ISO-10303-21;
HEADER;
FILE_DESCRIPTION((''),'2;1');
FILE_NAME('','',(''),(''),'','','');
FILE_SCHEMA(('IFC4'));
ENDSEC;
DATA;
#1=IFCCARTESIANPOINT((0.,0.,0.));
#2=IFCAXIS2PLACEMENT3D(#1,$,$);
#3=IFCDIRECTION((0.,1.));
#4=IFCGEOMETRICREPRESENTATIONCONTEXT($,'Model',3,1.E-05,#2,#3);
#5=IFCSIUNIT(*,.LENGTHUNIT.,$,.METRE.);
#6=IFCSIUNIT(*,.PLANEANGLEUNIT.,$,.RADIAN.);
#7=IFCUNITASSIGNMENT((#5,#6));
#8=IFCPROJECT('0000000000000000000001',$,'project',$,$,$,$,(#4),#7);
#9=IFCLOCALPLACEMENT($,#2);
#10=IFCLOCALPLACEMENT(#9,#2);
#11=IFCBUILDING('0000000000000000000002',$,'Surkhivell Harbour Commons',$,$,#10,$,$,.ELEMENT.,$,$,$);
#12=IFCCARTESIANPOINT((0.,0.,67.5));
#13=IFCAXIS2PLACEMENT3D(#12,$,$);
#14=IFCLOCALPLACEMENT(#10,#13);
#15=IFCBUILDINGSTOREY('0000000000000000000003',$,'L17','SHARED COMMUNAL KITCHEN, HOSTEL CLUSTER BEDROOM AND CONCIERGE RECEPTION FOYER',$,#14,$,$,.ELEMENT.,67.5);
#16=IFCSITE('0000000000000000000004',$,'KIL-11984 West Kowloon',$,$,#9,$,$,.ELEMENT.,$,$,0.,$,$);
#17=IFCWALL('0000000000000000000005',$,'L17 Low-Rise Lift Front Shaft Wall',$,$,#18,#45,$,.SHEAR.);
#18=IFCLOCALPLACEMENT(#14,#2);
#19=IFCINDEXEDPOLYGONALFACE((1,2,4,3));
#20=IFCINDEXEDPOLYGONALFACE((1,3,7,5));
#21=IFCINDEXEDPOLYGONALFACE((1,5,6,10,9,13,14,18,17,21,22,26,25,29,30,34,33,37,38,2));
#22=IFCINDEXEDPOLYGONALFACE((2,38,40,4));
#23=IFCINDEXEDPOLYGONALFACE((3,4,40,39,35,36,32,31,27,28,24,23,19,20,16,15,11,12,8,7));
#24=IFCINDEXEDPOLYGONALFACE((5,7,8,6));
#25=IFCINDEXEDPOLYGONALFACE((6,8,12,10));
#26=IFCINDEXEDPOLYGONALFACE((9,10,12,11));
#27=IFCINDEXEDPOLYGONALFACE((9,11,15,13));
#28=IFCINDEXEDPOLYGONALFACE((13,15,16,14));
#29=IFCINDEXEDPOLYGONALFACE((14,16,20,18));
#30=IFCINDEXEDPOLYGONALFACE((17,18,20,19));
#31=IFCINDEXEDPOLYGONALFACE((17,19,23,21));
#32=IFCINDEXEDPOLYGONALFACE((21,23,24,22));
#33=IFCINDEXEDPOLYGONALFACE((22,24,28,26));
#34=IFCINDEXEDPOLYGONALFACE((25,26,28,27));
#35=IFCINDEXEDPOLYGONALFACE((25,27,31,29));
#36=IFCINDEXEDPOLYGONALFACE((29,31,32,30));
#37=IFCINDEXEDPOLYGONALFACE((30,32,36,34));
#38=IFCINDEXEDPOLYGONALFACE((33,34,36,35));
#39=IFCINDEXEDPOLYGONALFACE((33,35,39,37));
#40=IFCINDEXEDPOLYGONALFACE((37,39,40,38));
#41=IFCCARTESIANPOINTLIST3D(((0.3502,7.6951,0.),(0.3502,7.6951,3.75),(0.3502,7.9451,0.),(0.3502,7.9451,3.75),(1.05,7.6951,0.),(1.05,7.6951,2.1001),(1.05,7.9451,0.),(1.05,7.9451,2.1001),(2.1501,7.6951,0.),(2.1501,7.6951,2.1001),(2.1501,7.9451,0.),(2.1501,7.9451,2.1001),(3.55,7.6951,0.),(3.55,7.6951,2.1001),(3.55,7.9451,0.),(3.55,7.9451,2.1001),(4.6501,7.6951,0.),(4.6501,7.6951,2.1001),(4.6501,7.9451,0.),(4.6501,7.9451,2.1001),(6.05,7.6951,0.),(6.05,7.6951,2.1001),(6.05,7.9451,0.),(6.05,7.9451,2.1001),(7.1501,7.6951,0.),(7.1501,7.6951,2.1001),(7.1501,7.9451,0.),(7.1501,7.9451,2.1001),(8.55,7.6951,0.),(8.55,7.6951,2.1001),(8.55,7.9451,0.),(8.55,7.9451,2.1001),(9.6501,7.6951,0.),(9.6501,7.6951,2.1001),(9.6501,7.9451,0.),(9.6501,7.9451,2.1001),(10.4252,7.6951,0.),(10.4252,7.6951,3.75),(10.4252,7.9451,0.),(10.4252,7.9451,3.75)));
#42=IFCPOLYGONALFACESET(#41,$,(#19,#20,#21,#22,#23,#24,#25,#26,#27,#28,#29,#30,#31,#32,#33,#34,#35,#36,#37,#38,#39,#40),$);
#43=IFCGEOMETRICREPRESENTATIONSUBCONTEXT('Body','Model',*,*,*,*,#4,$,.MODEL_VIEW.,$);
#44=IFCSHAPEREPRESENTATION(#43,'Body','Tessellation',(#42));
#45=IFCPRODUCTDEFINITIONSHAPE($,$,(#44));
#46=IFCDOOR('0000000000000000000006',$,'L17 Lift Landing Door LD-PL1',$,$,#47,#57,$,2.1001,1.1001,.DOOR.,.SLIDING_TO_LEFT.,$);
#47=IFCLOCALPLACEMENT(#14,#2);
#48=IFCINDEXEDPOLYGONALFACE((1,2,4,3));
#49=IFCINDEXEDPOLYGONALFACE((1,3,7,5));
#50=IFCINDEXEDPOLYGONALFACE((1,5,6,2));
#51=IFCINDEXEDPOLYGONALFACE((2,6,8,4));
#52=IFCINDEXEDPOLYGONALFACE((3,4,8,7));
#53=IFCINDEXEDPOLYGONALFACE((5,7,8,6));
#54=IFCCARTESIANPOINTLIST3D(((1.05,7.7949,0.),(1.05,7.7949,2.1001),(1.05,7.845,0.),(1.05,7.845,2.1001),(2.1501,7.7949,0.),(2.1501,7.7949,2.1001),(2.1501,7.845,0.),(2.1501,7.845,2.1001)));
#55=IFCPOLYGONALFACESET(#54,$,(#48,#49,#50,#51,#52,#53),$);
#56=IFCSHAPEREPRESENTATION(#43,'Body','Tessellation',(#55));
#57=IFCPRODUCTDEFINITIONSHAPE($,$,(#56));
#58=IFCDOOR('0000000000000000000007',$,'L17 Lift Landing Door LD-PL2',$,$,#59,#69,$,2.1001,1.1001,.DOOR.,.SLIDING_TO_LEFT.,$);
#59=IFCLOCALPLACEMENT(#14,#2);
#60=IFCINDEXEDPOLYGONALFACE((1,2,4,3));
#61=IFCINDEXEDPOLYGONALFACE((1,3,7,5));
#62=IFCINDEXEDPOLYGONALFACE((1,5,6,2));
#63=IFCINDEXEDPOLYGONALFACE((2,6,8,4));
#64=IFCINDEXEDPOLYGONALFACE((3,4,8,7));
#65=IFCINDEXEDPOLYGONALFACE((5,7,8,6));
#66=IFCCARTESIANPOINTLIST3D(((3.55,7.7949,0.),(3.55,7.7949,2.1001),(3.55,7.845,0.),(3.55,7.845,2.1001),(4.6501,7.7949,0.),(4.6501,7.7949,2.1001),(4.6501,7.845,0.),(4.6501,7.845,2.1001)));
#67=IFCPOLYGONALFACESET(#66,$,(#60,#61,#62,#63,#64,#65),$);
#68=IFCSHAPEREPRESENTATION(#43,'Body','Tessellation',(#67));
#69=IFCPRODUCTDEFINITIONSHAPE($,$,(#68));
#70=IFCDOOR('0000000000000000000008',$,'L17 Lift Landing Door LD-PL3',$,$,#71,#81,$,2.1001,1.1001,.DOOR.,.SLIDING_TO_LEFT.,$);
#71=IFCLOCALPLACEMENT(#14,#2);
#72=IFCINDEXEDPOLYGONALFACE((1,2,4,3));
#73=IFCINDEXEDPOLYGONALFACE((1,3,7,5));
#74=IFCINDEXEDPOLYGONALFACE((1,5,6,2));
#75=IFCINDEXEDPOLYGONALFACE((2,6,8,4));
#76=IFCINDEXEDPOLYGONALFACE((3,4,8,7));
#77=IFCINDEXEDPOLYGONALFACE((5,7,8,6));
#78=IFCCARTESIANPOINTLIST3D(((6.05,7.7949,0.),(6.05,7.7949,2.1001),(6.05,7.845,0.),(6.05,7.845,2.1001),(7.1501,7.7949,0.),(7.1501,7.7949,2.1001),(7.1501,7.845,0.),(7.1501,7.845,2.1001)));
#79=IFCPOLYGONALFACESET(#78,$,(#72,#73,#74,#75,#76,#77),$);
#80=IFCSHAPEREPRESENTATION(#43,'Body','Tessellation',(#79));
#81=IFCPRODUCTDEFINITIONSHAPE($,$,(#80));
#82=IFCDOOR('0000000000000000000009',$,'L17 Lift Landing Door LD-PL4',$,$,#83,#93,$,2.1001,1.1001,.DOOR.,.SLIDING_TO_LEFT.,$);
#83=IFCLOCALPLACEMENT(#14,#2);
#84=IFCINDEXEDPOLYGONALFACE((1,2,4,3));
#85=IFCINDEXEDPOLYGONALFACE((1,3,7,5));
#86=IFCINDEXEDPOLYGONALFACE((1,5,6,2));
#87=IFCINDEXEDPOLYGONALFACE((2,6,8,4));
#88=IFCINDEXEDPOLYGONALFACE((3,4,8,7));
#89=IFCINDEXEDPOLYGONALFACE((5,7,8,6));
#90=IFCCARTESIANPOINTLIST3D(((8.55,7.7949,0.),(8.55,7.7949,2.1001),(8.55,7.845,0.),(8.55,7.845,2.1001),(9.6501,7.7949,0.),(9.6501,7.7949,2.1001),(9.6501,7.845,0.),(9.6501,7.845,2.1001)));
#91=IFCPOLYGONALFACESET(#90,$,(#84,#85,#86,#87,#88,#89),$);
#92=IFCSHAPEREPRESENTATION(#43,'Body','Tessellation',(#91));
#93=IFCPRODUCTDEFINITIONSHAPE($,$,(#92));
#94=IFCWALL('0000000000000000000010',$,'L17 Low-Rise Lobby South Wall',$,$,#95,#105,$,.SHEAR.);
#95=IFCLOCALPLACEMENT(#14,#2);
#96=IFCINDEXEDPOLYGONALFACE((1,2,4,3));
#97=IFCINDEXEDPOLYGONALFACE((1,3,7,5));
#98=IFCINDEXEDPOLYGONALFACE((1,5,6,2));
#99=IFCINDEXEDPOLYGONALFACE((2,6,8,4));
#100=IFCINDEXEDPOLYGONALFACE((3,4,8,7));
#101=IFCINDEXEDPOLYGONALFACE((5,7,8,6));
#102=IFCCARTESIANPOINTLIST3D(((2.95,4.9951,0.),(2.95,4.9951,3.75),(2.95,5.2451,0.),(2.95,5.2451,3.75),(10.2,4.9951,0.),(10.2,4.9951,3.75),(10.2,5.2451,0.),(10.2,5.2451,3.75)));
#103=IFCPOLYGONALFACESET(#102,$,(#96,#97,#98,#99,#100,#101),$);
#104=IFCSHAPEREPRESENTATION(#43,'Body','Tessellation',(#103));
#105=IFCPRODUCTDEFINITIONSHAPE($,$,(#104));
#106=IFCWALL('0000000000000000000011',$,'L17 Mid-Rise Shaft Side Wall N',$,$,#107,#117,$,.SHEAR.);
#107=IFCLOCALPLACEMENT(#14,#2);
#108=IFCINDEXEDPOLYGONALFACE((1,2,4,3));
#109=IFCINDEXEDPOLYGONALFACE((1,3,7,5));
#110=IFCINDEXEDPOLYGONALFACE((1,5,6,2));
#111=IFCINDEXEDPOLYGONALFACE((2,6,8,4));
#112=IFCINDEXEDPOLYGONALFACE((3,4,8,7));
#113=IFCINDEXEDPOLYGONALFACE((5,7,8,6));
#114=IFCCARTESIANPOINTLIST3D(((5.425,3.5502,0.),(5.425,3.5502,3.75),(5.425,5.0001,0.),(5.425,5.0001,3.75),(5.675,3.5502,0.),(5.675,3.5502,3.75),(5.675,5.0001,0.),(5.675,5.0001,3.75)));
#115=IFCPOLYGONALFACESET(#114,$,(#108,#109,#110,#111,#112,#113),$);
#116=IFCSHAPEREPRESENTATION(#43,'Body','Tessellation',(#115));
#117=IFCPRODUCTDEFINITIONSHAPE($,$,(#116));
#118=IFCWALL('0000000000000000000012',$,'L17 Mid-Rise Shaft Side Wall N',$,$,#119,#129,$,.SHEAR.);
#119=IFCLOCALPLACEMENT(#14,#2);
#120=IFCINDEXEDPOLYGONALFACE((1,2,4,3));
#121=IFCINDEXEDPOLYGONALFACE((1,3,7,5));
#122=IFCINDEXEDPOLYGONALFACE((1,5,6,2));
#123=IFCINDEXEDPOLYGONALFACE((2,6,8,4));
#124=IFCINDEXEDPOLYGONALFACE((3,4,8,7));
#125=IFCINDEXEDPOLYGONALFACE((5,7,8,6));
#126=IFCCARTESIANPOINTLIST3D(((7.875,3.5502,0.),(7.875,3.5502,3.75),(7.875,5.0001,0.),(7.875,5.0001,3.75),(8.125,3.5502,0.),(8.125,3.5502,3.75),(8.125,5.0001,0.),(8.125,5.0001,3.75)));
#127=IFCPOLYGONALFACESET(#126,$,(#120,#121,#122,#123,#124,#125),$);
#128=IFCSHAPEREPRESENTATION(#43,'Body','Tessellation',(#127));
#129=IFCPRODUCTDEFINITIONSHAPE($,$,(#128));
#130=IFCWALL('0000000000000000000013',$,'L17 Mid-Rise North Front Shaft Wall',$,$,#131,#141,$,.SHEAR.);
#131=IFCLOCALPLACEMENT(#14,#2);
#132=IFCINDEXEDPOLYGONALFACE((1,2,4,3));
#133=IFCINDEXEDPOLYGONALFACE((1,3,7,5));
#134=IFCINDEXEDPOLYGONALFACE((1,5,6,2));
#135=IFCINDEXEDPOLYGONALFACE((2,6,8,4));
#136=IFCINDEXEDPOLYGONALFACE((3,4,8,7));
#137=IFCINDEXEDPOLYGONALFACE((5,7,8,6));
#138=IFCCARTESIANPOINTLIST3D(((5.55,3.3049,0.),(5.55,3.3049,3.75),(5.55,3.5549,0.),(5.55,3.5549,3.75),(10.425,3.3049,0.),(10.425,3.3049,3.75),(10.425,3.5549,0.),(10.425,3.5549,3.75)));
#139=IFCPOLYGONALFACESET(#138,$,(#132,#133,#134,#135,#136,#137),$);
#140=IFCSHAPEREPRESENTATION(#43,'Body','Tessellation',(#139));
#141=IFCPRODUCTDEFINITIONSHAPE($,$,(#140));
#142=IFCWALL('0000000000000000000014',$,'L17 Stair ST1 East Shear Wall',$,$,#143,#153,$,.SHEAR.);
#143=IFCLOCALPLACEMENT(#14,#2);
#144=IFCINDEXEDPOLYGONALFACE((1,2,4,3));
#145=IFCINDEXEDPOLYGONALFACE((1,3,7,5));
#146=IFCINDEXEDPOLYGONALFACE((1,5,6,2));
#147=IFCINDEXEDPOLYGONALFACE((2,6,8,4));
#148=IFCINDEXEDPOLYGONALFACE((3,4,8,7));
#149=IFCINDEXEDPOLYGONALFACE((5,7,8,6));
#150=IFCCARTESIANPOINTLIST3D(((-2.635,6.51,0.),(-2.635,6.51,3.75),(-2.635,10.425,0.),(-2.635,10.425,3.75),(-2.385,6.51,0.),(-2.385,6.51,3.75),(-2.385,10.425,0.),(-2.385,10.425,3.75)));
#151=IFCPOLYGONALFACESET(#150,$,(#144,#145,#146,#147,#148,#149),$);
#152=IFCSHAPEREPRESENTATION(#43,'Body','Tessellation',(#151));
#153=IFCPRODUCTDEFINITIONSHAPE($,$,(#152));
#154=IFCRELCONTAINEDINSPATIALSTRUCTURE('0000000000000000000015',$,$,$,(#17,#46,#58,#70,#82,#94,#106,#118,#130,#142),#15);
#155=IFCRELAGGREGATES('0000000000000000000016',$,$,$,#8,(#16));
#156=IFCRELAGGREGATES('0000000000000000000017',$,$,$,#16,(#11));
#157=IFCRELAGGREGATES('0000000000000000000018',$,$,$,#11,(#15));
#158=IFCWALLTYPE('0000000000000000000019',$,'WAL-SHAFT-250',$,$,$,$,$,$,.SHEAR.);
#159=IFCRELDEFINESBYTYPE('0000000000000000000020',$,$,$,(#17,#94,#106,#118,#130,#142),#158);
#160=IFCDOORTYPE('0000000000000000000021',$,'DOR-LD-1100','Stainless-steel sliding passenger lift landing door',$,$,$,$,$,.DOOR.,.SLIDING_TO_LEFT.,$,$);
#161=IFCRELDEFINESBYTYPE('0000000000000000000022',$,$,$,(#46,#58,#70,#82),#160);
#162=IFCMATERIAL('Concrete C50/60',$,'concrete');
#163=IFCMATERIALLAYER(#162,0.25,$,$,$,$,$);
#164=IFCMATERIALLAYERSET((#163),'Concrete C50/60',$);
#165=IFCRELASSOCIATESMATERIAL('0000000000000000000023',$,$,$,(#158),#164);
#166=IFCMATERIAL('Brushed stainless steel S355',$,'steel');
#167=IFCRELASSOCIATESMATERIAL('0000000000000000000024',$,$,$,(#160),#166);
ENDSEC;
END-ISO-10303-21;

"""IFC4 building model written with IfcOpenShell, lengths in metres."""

from ifc_helpers import new_model, si_unit, direction, frame, frame_2d, origin, place, context, subcontext, project, spatial, rectangle, extrude, material, layer, layer_set, type_object, element, fill, save


model = new_model("IFC4")

# Units and contexts
model_context = context("Model", 3, precision=1e-05, world=origin(), true_north=direction((0.0, 1.0)))
body_context = subcontext(model_context, "Body", "Model", "MODEL_VIEW")
ifc_project = project(units=[si_unit("LENGTHUNIT", "METRE"), si_unit("PLANEANGLEUNIT", "RADIAN")], contexts=[model_context])

# Site, building, storey
site_placement = place(None, origin())
site = spatial("IfcSite", under=ifc_project, at=site_placement, Name="KIL-11984 West Kowloon", CompositionType="ELEMENT", RefElevation=0.0)
building_placement = place(site_placement, origin())
building = spatial("IfcBuilding", under=site, at=building_placement, Name="Surkhivell Harbour Commons", CompositionType="ELEMENT")
storey_placement = place(building_placement, frame((0.0, 0.0, 67.5)))
storey = spatial("IfcBuildingStorey", under=building, at=storey_placement, Name="L17", Description="SHARED COMMUNAL KITCHEN, HOSTEL CLUSTER BEDROOM AND CONCIERGE RECEPTION FOYER", CompositionType="ELEMENT", Elevation=67.5)

# Shared definitions
ifc_material_1 = material(Name="Concrete C50/60", Category="concrete")
ifc_layer_1 = layer(ifc_material_1, 0.25)
ifc_layer_set_1 = layer_set([ifc_layer_1], Name="Concrete C50/60")
wall_type_1 = type_object("IfcWallType", Name="WAL-SHAFT-250", PredefinedType="SHEAR", material=ifc_layer_set_1)

# Wall, openings, doors
wall_1_placement = place(storey_placement, frame((0.3501, 7.8201, 0.0), z_axis=(0.0, 0.0, 1.0), x_axis=(1.0, 0.0, 0.0)))
wall_1 = element("IfcWall", 1, at=wall_1_placement, inside=storey, type_object=wall_type_1, Name="L17 Low-Rise Lift Front Shaft Wall", PredefinedType="SHEAR", context=body_context, shape_type="SweptSolid", body=[
    extrude(rectangle(XDim=10.075, YDim=0.25, at=frame_2d((5.0376, 0.0))), origin(), (0.0, 0.0, 1.0), 3.75),
])
opening_1_placement = place(wall_1_placement, frame((0.7, 0.0, 0.0)))
opening_1 = element("IfcOpeningElement", 2, at=opening_1_placement, cuts=wall_1, PredefinedType="OPENING", context=body_context, shape_type="SweptSolid", body=[
    extrude(rectangle(XDim=1.1001, YDim=2.1001, at=frame_2d((0.55, 1.05))), frame((0.0, 0.135, 0.0), z_axis=(0.0, -1.0, 0.0), x_axis=(1.0, 0.0, 0.0)), (0.0, 0.0, 1.0), 0.27),
])
opening_2_placement = place(wall_1_placement, frame((3.2, 0.0, 0.0)))
opening_2 = element("IfcOpeningElement", 3, at=opening_2_placement, cuts=wall_1, PredefinedType="OPENING", context=body_context, shape_type="SweptSolid", body=[
    extrude(rectangle(XDim=1.1001, YDim=2.1001, at=frame_2d((0.55, 1.05))), frame((0.0, 0.135, 0.0), z_axis=(0.0, -1.0, 0.0), x_axis=(1.0, 0.0, 0.0)), (0.0, 0.0, 1.0), 0.27),
])
opening_3_placement = place(wall_1_placement, frame((5.7, 0.0, 0.0)))
opening_3 = element("IfcOpeningElement", 4, at=opening_3_placement, cuts=wall_1, PredefinedType="OPENING", context=body_context, shape_type="SweptSolid", body=[
    extrude(rectangle(XDim=1.1001, YDim=2.1001, at=frame_2d((0.55, 1.05))), frame((0.0, 0.135, 0.0), z_axis=(0.0, -1.0, 0.0), x_axis=(1.0, 0.0, 0.0)), (0.0, 0.0, 1.0), 0.27),
])
opening_4_placement = place(wall_1_placement, frame((8.2, 0.0, 0.0)))
opening_4 = element("IfcOpeningElement", 5, at=opening_4_placement, cuts=wall_1, PredefinedType="OPENING", context=body_context, shape_type="SweptSolid", body=[
    extrude(rectangle(XDim=1.1001, YDim=2.1001, at=frame_2d((0.55, 1.05))), frame((0.0, 0.135, 0.0), z_axis=(0.0, -1.0, 0.0), x_axis=(1.0, 0.0, 0.0)), (0.0, 0.0, 1.0), 0.27),
])
ifc_material_2 = material(Name="Brushed stainless steel S355", Category="steel")
door_type_1 = type_object("IfcDoorType", Name="DOR-LD-1100", Description="Stainless-steel sliding passenger lift landing door", OperationType="SLIDING_TO_LEFT", PredefinedType="DOOR", material=ifc_material_2)
door_1_placement = place(opening_1_placement, origin())
door_1 = element("IfcDoor", 6, at=door_1_placement, inside=storey, type_object=door_type_1, Name="L17 Lift Landing Door LD-PL1", OperationType="SLIDING_TO_LEFT", OverallHeight=2.1001, OverallWidth=1.1001, PredefinedType="DOOR", context=body_context, shape_type="SweptSolid", body=[
    extrude(rectangle(XDim=1.1001, YDim=2.1001, at=frame_2d((0.55, 1.05))), frame((0.0, 0.0249, 0.0), z_axis=(0.0, -1.0, 0.0), x_axis=(1.0, 0.0, 0.0)), (0.0, 0.0, 1.0), 0.05),
])
fill(opening_1, door_1)
door_2_placement = place(opening_2_placement, origin())
door_2 = element("IfcDoor", 7, at=door_2_placement, inside=storey, type_object=door_type_1, Name="L17 Lift Landing Door LD-PL2", OperationType="SLIDING_TO_LEFT", OverallHeight=2.1001, OverallWidth=1.1001, PredefinedType="DOOR", context=body_context, shape_type="SweptSolid", body=[
    extrude(rectangle(XDim=1.1001, YDim=2.1001, at=frame_2d((0.55, 1.05))), frame((0.0, 0.0249, 0.0), z_axis=(0.0, -1.0, 0.0), x_axis=(1.0, 0.0, 0.0)), (0.0, 0.0, 1.0), 0.05),
])
fill(opening_2, door_2)
door_3_placement = place(opening_3_placement, origin())
door_3 = element("IfcDoor", 8, at=door_3_placement, inside=storey, type_object=door_type_1, Name="L17 Lift Landing Door LD-PL3", OperationType="SLIDING_TO_LEFT", OverallHeight=2.1001, OverallWidth=1.1001, PredefinedType="DOOR", context=body_context, shape_type="SweptSolid", body=[
    extrude(rectangle(XDim=1.1001, YDim=2.1001, at=frame_2d((0.55, 1.05))), frame((0.0, 0.0249, 0.0), z_axis=(0.0, -1.0, 0.0), x_axis=(1.0, 0.0, 0.0)), (0.0, 0.0, 1.0), 0.05),
])
fill(opening_3, door_3)
door_4_placement = place(opening_4_placement, origin())
door_4 = element("IfcDoor", 9, at=door_4_placement, inside=storey, type_object=door_type_1, Name="L17 Lift Landing Door LD-PL4", OperationType="SLIDING_TO_LEFT", OverallHeight=2.1001, OverallWidth=1.1001, PredefinedType="DOOR", context=body_context, shape_type="SweptSolid", body=[
    extrude(rectangle(XDim=1.1001, YDim=2.1001, at=frame_2d((0.55, 1.05))), frame((0.0, 0.0249, 0.0), z_axis=(0.0, -1.0, 0.0), x_axis=(1.0, 0.0, 0.0)), (0.0, 0.0, 1.0), 0.05),
])
fill(opening_4, door_4)

# Walls
wall_2_placement = place(storey_placement, frame((2.95, 5.1201, 0.0), z_axis=(0.0, 0.0, 1.0), x_axis=(1.0, 0.0, 0.0)))
element("IfcWall", 10, at=wall_2_placement, inside=storey, type_object=wall_type_1, Name="L17 Low-Rise Lobby South Wall", PredefinedType="SHEAR", context=body_context, shape_type="SweptSolid", body=[
    extrude(rectangle(XDim=7.25, YDim=0.25, at=frame_2d((3.625, 0.0))), origin(), (0.0, 0.0, 1.0), 3.75),
])
for number, where, z_axis, x_axis, name in (
    (11, (5.55, 3.55, 0.0), (0.0, 0.0, 1.0), (0.0, 1.0, 0.0), "L17 Mid-Rise Shaft Side Wall N"),
    (12, (8.0, 3.55, 0.0), (0.0, 0.0, 1.0), (0.0, 1.0, 0.0), "L17 Mid-Rise Shaft Side Wall N"),
):
    element("IfcWall", number, at=place(storey_placement, frame(where, z_axis=z_axis, x_axis=x_axis)), inside=storey, type_object=wall_type_1, Name=name, PredefinedType="SHEAR", context=body_context, shape_type="SweptSolid", body=[
        extrude(rectangle(XDim=1.45, YDim=0.25, at=frame_2d((0.7251, 0.0))), origin(), (0.0, 0.0, 1.0), 3.75),
    ])
wall_3_placement = place(storey_placement, frame((5.55, 3.4299, 0.0), z_axis=(0.0, 0.0, 1.0), x_axis=(1.0, 0.0, 0.0)))
element("IfcWall", 13, at=wall_3_placement, inside=storey, type_object=wall_type_1, Name="L17 Mid-Rise North Front Shaft Wall", PredefinedType="SHEAR", context=body_context, shape_type="SweptSolid", body=[
    extrude(rectangle(XDim=4.875, YDim=0.25, at=frame_2d((2.4375, 0.0))), origin(), (0.0, 0.0, 1.0), 3.75),
])
wall_4_placement = place(storey_placement, frame((-2.51, 6.51, 0.0), z_axis=(0.0, 0.0, 1.0), x_axis=(0.0, 1.0, 0.0)))
element("IfcWall", 14, at=wall_4_placement, inside=storey, type_object=wall_type_1, Name="L17 Stair ST1 East Shear Wall", PredefinedType="SHEAR", context=body_context, shape_type="SweptSolid", body=[
    extrude(rectangle(XDim=3.915, YDim=0.25, at=frame_2d((1.9575, 0.0))), origin(), (0.0, 0.0, 1.0), 3.75),
])

save(model, "model.ifc")
